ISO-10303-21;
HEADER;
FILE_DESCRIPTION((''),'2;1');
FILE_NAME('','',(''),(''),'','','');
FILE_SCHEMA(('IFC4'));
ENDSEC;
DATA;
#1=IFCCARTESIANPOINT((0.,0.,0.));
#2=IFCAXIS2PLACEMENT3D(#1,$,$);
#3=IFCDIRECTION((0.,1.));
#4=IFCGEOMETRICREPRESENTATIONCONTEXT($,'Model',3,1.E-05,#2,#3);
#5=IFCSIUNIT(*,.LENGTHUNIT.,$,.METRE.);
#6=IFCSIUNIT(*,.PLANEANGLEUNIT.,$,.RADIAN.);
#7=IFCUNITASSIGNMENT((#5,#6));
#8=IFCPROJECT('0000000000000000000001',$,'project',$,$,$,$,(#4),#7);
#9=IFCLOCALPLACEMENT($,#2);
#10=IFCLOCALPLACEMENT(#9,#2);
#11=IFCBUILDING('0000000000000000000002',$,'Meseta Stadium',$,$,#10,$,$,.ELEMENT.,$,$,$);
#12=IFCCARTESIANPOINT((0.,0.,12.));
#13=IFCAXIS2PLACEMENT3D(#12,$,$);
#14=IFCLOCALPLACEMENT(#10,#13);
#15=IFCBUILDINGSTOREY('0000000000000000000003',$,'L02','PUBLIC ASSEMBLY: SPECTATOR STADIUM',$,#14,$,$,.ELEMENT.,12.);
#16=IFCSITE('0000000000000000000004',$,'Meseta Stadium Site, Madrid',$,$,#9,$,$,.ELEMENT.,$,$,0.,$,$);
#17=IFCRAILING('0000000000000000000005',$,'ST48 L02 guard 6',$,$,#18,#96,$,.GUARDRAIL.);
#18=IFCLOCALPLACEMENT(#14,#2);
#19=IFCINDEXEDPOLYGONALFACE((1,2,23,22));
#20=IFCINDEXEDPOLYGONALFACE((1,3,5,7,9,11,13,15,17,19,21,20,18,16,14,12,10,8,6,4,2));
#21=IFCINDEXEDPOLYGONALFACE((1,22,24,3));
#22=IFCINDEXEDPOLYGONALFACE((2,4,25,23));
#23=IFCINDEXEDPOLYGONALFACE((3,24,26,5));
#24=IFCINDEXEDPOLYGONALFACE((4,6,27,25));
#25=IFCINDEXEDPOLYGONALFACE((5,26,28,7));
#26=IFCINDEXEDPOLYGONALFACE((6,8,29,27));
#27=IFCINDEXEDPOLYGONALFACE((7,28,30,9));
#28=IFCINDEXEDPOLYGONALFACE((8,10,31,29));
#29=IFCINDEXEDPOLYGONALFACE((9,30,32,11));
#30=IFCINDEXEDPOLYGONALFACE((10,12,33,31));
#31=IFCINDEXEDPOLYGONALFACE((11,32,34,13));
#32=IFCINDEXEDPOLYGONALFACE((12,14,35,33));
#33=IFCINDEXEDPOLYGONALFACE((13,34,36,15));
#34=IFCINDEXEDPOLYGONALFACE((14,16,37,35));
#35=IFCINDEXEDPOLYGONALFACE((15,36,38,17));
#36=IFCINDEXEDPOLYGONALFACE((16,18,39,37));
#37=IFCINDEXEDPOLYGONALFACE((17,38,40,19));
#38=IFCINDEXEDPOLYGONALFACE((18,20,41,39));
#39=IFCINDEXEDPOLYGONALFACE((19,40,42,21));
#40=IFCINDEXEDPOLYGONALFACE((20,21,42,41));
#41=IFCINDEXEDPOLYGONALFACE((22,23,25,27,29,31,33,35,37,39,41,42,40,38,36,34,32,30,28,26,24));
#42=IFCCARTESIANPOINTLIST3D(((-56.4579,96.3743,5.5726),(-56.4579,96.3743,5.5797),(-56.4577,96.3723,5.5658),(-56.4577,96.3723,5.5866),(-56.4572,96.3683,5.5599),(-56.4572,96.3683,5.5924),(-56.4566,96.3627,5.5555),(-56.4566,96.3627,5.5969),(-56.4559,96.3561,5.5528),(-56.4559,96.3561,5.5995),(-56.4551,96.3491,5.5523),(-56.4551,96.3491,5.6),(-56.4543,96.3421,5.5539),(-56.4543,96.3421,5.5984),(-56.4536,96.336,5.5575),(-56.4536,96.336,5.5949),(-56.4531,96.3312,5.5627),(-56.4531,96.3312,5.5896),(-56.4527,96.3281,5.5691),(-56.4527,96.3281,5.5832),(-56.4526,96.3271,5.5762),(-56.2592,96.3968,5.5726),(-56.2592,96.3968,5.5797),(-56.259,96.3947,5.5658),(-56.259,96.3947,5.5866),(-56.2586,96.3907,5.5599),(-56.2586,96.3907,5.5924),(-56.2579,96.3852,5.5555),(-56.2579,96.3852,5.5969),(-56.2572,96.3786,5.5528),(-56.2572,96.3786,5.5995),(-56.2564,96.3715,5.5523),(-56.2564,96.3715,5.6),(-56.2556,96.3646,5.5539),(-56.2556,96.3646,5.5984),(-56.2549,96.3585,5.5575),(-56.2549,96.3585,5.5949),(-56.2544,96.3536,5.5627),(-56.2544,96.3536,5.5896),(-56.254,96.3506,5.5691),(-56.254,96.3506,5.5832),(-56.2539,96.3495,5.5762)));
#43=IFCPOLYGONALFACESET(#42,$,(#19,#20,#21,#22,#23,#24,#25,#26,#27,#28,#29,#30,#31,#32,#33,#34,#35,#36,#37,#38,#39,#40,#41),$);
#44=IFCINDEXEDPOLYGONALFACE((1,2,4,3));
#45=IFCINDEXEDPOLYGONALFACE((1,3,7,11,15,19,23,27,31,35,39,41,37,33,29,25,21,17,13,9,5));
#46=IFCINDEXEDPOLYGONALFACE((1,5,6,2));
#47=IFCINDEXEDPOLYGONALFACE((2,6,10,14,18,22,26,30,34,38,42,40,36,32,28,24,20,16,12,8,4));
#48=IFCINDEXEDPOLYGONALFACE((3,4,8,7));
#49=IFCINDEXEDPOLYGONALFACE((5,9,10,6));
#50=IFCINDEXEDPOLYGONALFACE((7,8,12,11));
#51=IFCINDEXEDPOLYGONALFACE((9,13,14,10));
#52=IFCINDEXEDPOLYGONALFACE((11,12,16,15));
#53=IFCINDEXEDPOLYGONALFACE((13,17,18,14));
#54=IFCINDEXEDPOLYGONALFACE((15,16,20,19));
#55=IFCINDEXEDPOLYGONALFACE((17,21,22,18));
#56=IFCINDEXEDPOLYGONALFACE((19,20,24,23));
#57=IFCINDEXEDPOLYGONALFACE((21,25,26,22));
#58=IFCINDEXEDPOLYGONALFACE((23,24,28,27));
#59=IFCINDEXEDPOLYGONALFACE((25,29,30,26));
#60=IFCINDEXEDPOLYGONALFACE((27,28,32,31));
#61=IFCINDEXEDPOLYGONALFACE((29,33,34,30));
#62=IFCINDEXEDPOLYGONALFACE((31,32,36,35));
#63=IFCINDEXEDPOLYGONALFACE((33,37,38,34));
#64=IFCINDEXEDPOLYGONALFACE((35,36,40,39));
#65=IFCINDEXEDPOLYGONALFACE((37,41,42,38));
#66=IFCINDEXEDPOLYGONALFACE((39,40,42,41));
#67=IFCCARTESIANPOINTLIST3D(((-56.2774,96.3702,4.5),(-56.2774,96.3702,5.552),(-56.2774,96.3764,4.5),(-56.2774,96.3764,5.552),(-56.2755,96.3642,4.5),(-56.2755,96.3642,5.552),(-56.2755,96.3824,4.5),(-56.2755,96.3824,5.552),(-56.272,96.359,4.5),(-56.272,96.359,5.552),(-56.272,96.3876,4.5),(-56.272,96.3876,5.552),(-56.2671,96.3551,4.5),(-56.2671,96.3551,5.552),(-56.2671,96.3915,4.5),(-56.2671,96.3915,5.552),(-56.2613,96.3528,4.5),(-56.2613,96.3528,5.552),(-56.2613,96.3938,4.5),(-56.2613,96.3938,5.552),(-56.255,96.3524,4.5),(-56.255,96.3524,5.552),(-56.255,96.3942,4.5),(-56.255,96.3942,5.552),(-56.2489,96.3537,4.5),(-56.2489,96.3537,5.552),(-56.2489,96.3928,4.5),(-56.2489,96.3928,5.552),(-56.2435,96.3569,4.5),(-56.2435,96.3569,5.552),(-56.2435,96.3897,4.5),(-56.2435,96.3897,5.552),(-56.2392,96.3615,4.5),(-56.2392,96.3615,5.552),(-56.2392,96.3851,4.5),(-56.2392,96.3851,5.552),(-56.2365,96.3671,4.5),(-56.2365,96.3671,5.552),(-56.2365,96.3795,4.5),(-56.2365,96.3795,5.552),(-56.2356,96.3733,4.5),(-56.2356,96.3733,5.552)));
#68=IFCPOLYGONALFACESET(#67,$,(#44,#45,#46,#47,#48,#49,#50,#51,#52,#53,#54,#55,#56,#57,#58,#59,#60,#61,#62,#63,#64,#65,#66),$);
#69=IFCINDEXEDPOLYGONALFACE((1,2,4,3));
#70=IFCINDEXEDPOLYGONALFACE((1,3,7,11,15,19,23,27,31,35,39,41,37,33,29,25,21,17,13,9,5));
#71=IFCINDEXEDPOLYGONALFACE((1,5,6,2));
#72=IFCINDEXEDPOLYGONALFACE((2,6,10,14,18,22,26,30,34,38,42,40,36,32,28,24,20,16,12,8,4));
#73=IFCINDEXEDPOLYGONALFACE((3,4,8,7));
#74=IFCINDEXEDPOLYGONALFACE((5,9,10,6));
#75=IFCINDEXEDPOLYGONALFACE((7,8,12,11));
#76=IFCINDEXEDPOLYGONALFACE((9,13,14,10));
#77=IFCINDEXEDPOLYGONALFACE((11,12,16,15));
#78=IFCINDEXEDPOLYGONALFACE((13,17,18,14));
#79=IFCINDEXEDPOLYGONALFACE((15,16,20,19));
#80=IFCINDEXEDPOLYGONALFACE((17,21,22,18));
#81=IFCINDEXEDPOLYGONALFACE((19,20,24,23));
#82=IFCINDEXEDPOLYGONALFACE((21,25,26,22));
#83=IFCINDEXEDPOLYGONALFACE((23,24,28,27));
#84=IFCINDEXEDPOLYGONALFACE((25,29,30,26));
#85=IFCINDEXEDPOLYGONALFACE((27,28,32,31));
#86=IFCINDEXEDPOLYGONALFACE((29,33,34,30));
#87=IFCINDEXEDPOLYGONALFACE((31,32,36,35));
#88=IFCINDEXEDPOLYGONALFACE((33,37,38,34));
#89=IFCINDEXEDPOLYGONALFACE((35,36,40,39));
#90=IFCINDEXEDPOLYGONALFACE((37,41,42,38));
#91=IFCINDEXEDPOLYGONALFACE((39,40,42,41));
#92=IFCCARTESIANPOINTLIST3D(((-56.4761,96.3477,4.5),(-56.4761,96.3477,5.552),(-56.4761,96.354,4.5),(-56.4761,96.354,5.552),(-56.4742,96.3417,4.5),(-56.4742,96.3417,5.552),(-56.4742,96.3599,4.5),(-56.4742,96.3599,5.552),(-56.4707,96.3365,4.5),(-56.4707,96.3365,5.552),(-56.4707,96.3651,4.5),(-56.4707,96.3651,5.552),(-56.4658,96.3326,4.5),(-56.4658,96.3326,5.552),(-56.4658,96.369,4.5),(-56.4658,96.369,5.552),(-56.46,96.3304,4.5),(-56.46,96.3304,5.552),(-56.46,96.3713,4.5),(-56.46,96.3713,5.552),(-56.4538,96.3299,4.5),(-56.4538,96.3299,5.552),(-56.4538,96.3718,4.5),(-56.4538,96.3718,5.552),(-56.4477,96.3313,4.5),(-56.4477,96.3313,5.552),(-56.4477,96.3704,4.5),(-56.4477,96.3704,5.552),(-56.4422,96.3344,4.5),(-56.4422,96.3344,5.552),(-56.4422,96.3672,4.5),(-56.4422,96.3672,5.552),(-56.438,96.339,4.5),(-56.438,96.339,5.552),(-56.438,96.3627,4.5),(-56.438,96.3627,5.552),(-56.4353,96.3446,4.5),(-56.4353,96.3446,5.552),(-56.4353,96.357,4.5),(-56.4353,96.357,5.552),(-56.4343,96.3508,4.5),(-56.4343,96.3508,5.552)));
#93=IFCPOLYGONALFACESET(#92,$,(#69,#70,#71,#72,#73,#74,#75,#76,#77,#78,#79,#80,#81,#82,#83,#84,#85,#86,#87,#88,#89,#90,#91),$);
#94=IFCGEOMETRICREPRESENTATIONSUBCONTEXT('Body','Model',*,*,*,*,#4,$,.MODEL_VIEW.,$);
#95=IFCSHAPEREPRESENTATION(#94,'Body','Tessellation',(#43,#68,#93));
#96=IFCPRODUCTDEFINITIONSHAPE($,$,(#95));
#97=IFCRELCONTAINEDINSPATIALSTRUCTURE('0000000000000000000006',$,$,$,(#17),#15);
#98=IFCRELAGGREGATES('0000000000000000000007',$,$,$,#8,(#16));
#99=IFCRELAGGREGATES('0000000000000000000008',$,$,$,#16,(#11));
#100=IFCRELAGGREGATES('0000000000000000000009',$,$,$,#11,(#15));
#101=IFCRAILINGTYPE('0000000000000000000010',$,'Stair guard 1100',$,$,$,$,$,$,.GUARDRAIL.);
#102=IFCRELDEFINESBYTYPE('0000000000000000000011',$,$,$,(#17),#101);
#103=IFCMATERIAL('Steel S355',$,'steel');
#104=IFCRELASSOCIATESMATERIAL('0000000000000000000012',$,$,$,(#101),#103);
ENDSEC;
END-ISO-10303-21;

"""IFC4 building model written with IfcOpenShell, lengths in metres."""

from ifc_helpers import new_model, si_unit, direction, frame, origin, origin_2d, place, context, subcontext, project, spatial, circle, extrude, material, type_object, element, save


model = new_model("IFC4")

# Units and contexts
model_context = context("Model", 3, precision=1e-05, world=origin(), true_north=direction((0.0, 1.0)))
body_context = subcontext(model_context, "Body", "Model", "MODEL_VIEW")
ifc_project = project(units=[si_unit("LENGTHUNIT", "METRE"), si_unit("PLANEANGLEUNIT", "RADIAN")], contexts=[model_context])

# Site, building, storey
site_placement = place(None, origin())
site = spatial("IfcSite", under=ifc_project, at=site_placement, Name="Meseta Stadium Site, Madrid", CompositionType="ELEMENT", RefElevation=0.0)
building_placement = place(site_placement, origin())
building = spatial("IfcBuilding", under=site, at=building_placement, Name="Meseta Stadium", CompositionType="ELEMENT")
storey_placement = place(building_placement, frame((0.0, 0.0, 12.0)))
storey = spatial("IfcBuildingStorey", under=building, at=storey_placement, Name="L02", Description="PUBLIC ASSEMBLY: SPECTATOR STADIUM", CompositionType="ELEMENT", Elevation=12.0)

# Railing
ifc_material_1 = material(Name="Steel S355", Category="steel")
railing_type_1 = type_object("IfcRailingType", Name="Stair guard 1100", PredefinedType="GUARDRAIL", material=ifc_material_1)
railing_1_placement = place(storey_placement, frame((-56.2566, 96.3733, 4.5)))
element("IfcRailing", 1, at=railing_1_placement, inside=storey, type_object=railing_type_1, Name="ST48 L02 guard 6", PredefinedType="GUARDRAIL", context=body_context, shape_type="SweptSolid", body=[
    extrude(circle(Radius=0.0239, at=origin_2d()), frame((0.0, 0.0, 1.0762), z_axis=(-0.993674, -0.112307, 0.0), x_axis=(0.112307, -0.993674, 0.0)), (0.0, 0.0, 1.0), 0.2),
    extrude(circle(Radius=0.021, at=origin_2d()), origin(), (0.0, 0.0, 1.0), 1.052),
    extrude(circle(Radius=0.021, at=origin_2d()), frame((-0.1987, -0.0225, 0.0)), (0.0, 0.0, 1.0), 1.052),
])

save(model, "model.ifc")
